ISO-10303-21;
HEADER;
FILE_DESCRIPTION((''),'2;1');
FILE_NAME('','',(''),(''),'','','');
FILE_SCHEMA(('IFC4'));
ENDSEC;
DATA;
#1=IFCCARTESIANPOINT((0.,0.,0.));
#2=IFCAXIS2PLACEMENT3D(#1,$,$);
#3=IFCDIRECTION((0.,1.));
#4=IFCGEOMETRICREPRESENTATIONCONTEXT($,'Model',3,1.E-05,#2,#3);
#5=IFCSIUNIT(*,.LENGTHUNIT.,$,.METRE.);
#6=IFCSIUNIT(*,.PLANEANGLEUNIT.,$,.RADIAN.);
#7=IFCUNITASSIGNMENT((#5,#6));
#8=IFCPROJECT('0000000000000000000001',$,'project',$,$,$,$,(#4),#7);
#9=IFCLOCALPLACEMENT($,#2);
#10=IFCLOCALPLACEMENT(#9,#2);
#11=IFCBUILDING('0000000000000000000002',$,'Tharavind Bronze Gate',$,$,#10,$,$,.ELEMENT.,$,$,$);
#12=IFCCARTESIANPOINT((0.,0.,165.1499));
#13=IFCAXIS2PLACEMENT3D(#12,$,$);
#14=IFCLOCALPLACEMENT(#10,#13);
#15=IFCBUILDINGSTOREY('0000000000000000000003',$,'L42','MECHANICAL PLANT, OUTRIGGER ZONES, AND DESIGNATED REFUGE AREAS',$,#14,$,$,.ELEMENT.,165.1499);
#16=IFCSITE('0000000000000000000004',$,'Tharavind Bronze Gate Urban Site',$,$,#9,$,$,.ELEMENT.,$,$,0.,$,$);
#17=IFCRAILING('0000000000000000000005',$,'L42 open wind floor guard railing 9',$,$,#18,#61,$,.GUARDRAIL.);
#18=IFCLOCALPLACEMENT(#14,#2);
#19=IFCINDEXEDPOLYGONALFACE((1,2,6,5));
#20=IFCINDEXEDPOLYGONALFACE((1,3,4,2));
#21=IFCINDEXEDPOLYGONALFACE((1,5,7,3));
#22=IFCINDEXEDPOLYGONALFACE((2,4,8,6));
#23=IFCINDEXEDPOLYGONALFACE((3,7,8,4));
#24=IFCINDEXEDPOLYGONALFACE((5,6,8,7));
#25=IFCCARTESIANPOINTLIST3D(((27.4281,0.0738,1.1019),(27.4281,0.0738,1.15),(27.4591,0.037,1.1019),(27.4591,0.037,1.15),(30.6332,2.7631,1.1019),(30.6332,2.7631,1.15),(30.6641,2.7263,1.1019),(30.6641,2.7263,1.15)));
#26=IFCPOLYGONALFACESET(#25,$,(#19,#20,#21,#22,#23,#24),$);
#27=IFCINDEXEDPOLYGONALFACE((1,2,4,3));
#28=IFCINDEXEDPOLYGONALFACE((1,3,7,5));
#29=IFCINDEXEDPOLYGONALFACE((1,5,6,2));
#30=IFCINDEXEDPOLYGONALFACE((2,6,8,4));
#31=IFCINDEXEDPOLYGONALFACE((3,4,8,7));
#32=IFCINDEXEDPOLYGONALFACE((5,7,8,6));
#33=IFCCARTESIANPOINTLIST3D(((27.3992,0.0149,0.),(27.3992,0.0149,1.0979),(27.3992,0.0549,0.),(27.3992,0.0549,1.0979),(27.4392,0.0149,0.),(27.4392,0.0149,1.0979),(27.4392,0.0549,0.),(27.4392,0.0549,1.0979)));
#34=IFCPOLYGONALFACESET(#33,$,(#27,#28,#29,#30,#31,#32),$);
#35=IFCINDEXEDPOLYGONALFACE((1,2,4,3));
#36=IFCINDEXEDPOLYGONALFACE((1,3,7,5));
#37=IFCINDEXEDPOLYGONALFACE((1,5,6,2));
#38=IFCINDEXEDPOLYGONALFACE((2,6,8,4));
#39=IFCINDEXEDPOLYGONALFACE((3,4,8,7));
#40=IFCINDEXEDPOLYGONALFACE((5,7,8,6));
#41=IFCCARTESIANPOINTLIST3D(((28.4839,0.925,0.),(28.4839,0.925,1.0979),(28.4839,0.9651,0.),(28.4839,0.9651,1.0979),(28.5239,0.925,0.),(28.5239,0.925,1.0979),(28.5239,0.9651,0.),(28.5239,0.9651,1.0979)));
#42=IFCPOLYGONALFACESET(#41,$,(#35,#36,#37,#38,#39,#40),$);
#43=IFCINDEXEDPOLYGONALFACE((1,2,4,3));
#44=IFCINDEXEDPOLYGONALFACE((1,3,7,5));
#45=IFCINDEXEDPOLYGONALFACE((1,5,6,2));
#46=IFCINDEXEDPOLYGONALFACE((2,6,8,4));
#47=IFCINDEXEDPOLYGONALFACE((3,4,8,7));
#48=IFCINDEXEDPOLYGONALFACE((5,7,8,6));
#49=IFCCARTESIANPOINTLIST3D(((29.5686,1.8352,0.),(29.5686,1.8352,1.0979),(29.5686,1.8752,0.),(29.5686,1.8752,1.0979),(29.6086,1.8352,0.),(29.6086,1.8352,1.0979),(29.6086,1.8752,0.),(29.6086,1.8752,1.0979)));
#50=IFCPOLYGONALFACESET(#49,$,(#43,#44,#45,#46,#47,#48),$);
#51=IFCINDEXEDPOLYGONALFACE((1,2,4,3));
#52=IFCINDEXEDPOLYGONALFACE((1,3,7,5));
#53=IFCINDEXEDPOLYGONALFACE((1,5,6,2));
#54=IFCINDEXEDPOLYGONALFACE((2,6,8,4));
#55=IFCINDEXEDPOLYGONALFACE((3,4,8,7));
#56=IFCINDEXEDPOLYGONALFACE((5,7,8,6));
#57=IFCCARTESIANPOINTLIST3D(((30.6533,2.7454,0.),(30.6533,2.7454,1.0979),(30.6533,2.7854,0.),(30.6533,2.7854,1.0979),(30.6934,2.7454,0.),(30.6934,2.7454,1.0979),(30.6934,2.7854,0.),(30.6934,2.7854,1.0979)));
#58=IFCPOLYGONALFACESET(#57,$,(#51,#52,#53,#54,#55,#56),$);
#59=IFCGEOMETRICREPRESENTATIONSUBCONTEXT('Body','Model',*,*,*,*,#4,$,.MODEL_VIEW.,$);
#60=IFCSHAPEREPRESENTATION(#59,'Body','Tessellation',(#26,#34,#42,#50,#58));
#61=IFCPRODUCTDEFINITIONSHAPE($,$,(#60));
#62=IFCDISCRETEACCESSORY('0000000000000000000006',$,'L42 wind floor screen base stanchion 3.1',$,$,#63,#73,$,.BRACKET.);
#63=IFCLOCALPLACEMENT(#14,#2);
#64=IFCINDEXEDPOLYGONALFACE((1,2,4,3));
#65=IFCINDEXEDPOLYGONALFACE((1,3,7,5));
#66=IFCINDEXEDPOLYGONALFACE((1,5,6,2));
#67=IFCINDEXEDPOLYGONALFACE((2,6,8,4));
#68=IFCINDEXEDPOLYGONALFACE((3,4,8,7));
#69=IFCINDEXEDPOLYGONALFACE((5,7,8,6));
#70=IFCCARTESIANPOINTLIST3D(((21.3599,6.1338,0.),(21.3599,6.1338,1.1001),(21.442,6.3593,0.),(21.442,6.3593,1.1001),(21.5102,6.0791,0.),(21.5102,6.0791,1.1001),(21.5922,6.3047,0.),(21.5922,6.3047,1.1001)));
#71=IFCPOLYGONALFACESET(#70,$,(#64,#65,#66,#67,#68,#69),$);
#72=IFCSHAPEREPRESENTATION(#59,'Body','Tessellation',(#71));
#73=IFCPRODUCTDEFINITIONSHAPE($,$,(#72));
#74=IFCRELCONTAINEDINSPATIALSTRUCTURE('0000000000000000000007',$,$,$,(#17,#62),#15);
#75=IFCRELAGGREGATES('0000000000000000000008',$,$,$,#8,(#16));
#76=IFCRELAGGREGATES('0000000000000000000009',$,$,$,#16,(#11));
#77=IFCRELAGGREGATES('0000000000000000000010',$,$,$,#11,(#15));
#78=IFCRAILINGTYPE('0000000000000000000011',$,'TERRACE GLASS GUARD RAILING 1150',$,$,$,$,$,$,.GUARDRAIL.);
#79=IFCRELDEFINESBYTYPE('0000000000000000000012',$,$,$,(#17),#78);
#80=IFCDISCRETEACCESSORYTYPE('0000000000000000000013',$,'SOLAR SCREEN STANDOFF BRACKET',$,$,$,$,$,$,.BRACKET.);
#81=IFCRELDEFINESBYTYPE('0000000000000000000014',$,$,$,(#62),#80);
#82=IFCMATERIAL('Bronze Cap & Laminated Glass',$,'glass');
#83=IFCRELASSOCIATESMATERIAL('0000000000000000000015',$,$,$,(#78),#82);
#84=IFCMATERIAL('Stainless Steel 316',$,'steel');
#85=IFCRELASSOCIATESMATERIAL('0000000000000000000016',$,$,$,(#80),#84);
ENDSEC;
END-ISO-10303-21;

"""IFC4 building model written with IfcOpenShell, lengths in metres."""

from ifc_helpers import new_model, si_unit, direction, frame, origin, origin_2d, place, context, subcontext, project, spatial, rectangle, extrude, material, type_object, element, save


model = new_model("IFC4")

# Units and contexts
model_context = context("Model", 3, precision=1e-05, world=origin(), true_north=direction((0.0, 1.0)))
body_context = subcontext(model_context, "Body", "Model", "MODEL_VIEW")
ifc_project = project(units=[si_unit("LENGTHUNIT", "METRE"), si_unit("PLANEANGLEUNIT", "RADIAN")], contexts=[model_context])

# Site, building, storey
site_placement = place(None, origin())
site = spatial("IfcSite", under=ifc_project, at=site_placement, Name="Tharavind Bronze Gate Urban Site", CompositionType="ELEMENT", RefElevation=0.0)
building_placement = place(site_placement, origin())
building = spatial("IfcBuilding", under=site, at=building_placement, Name="Tharavind Bronze Gate", CompositionType="ELEMENT")
storey_placement = place(building_placement, frame((0.0, 0.0, 165.1499)))
storey = spatial("IfcBuildingStorey", under=building, at=storey_placement, Name="L42", Description="MECHANICAL PLANT, OUTRIGGER ZONES, AND DESIGNATED REFUGE AREAS", CompositionType="ELEMENT", Elevation=165.1499)

# Railing
ifc_material_1 = material(Name="Bronze Cap & Laminated Glass", Category="glass")
railing_type = type_object("IfcRailingType", Name="TERRACE GLASS GUARD RAILING 1150", PredefinedType="GUARDRAIL", material=ifc_material_1)
railing_1_placement = place(storey_placement, frame((27.4192, 0.0349, 0.0)))
element("IfcRailing", 1, at=railing_1_placement, inside=storey, type_object=railing_type, Name="L42 open wind floor guard railing 9", PredefinedType="GUARDRAIL", context=body_context, shape_type="SweptSolid", body=[
    extrude(rectangle(XDim=0.0481, YDim=0.0481, at=origin_2d()), frame((0.0244, 0.0205, 1.126), z_axis=(0.766055, 0.642776, 0.0), x_axis=(-0.642776, 0.766055, 0.0)), (0.0, 0.0, 1.0), 4.1838),
    extrude(rectangle(XDim=0.04, YDim=0.04, at=origin_2d()), origin(), (0.0, 0.0, 1.0), 1.0979),
    extrude(rectangle(XDim=0.04, YDim=0.04, at=origin_2d()), frame((1.0847, 0.9102, 0.0)), (0.0, 0.0, 1.0), 1.0979),
    extrude(rectangle(XDim=0.04, YDim=0.04, at=origin_2d()), frame((2.1694, 1.8203, 0.0)), (0.0, 0.0, 1.0), 1.0979),
    extrude(rectangle(XDim=0.04, YDim=0.04, at=origin_2d()), frame((3.2542, 2.7305, 0.0)), (0.0, 0.0, 1.0), 1.0979),
])

# Discrete accessory
ifc_material_2 = material(Name="Stainless Steel 316", Category="steel")
discrete_accessory_type = type_object("IfcDiscreteAccessoryType", Name="SOLAR SCREEN STANDOFF BRACKET", PredefinedType="BRACKET", material=ifc_material_2)
discrete_accessory_placement = place(storey_placement, frame((21.4761, 6.2192, 0.0), z_axis=(0.0, 0.0, 1.0), x_axis=(-0.939692, 0.342022, 0.0)))
element("IfcDiscreteAccessory", 2, at=discrete_accessory_placement, inside=storey, type_object=discrete_accessory_type, Name="L42 wind floor screen base stanchion 3.1", PredefinedType="BRACKET", context=body_context, shape_type="SweptSolid", body=[
    extrude(rectangle(XDim=0.1599, YDim=0.24, at=origin_2d()), origin(), (0.0, 0.0, 1.0), 1.1001),
])

save(model, "model.ifc")
